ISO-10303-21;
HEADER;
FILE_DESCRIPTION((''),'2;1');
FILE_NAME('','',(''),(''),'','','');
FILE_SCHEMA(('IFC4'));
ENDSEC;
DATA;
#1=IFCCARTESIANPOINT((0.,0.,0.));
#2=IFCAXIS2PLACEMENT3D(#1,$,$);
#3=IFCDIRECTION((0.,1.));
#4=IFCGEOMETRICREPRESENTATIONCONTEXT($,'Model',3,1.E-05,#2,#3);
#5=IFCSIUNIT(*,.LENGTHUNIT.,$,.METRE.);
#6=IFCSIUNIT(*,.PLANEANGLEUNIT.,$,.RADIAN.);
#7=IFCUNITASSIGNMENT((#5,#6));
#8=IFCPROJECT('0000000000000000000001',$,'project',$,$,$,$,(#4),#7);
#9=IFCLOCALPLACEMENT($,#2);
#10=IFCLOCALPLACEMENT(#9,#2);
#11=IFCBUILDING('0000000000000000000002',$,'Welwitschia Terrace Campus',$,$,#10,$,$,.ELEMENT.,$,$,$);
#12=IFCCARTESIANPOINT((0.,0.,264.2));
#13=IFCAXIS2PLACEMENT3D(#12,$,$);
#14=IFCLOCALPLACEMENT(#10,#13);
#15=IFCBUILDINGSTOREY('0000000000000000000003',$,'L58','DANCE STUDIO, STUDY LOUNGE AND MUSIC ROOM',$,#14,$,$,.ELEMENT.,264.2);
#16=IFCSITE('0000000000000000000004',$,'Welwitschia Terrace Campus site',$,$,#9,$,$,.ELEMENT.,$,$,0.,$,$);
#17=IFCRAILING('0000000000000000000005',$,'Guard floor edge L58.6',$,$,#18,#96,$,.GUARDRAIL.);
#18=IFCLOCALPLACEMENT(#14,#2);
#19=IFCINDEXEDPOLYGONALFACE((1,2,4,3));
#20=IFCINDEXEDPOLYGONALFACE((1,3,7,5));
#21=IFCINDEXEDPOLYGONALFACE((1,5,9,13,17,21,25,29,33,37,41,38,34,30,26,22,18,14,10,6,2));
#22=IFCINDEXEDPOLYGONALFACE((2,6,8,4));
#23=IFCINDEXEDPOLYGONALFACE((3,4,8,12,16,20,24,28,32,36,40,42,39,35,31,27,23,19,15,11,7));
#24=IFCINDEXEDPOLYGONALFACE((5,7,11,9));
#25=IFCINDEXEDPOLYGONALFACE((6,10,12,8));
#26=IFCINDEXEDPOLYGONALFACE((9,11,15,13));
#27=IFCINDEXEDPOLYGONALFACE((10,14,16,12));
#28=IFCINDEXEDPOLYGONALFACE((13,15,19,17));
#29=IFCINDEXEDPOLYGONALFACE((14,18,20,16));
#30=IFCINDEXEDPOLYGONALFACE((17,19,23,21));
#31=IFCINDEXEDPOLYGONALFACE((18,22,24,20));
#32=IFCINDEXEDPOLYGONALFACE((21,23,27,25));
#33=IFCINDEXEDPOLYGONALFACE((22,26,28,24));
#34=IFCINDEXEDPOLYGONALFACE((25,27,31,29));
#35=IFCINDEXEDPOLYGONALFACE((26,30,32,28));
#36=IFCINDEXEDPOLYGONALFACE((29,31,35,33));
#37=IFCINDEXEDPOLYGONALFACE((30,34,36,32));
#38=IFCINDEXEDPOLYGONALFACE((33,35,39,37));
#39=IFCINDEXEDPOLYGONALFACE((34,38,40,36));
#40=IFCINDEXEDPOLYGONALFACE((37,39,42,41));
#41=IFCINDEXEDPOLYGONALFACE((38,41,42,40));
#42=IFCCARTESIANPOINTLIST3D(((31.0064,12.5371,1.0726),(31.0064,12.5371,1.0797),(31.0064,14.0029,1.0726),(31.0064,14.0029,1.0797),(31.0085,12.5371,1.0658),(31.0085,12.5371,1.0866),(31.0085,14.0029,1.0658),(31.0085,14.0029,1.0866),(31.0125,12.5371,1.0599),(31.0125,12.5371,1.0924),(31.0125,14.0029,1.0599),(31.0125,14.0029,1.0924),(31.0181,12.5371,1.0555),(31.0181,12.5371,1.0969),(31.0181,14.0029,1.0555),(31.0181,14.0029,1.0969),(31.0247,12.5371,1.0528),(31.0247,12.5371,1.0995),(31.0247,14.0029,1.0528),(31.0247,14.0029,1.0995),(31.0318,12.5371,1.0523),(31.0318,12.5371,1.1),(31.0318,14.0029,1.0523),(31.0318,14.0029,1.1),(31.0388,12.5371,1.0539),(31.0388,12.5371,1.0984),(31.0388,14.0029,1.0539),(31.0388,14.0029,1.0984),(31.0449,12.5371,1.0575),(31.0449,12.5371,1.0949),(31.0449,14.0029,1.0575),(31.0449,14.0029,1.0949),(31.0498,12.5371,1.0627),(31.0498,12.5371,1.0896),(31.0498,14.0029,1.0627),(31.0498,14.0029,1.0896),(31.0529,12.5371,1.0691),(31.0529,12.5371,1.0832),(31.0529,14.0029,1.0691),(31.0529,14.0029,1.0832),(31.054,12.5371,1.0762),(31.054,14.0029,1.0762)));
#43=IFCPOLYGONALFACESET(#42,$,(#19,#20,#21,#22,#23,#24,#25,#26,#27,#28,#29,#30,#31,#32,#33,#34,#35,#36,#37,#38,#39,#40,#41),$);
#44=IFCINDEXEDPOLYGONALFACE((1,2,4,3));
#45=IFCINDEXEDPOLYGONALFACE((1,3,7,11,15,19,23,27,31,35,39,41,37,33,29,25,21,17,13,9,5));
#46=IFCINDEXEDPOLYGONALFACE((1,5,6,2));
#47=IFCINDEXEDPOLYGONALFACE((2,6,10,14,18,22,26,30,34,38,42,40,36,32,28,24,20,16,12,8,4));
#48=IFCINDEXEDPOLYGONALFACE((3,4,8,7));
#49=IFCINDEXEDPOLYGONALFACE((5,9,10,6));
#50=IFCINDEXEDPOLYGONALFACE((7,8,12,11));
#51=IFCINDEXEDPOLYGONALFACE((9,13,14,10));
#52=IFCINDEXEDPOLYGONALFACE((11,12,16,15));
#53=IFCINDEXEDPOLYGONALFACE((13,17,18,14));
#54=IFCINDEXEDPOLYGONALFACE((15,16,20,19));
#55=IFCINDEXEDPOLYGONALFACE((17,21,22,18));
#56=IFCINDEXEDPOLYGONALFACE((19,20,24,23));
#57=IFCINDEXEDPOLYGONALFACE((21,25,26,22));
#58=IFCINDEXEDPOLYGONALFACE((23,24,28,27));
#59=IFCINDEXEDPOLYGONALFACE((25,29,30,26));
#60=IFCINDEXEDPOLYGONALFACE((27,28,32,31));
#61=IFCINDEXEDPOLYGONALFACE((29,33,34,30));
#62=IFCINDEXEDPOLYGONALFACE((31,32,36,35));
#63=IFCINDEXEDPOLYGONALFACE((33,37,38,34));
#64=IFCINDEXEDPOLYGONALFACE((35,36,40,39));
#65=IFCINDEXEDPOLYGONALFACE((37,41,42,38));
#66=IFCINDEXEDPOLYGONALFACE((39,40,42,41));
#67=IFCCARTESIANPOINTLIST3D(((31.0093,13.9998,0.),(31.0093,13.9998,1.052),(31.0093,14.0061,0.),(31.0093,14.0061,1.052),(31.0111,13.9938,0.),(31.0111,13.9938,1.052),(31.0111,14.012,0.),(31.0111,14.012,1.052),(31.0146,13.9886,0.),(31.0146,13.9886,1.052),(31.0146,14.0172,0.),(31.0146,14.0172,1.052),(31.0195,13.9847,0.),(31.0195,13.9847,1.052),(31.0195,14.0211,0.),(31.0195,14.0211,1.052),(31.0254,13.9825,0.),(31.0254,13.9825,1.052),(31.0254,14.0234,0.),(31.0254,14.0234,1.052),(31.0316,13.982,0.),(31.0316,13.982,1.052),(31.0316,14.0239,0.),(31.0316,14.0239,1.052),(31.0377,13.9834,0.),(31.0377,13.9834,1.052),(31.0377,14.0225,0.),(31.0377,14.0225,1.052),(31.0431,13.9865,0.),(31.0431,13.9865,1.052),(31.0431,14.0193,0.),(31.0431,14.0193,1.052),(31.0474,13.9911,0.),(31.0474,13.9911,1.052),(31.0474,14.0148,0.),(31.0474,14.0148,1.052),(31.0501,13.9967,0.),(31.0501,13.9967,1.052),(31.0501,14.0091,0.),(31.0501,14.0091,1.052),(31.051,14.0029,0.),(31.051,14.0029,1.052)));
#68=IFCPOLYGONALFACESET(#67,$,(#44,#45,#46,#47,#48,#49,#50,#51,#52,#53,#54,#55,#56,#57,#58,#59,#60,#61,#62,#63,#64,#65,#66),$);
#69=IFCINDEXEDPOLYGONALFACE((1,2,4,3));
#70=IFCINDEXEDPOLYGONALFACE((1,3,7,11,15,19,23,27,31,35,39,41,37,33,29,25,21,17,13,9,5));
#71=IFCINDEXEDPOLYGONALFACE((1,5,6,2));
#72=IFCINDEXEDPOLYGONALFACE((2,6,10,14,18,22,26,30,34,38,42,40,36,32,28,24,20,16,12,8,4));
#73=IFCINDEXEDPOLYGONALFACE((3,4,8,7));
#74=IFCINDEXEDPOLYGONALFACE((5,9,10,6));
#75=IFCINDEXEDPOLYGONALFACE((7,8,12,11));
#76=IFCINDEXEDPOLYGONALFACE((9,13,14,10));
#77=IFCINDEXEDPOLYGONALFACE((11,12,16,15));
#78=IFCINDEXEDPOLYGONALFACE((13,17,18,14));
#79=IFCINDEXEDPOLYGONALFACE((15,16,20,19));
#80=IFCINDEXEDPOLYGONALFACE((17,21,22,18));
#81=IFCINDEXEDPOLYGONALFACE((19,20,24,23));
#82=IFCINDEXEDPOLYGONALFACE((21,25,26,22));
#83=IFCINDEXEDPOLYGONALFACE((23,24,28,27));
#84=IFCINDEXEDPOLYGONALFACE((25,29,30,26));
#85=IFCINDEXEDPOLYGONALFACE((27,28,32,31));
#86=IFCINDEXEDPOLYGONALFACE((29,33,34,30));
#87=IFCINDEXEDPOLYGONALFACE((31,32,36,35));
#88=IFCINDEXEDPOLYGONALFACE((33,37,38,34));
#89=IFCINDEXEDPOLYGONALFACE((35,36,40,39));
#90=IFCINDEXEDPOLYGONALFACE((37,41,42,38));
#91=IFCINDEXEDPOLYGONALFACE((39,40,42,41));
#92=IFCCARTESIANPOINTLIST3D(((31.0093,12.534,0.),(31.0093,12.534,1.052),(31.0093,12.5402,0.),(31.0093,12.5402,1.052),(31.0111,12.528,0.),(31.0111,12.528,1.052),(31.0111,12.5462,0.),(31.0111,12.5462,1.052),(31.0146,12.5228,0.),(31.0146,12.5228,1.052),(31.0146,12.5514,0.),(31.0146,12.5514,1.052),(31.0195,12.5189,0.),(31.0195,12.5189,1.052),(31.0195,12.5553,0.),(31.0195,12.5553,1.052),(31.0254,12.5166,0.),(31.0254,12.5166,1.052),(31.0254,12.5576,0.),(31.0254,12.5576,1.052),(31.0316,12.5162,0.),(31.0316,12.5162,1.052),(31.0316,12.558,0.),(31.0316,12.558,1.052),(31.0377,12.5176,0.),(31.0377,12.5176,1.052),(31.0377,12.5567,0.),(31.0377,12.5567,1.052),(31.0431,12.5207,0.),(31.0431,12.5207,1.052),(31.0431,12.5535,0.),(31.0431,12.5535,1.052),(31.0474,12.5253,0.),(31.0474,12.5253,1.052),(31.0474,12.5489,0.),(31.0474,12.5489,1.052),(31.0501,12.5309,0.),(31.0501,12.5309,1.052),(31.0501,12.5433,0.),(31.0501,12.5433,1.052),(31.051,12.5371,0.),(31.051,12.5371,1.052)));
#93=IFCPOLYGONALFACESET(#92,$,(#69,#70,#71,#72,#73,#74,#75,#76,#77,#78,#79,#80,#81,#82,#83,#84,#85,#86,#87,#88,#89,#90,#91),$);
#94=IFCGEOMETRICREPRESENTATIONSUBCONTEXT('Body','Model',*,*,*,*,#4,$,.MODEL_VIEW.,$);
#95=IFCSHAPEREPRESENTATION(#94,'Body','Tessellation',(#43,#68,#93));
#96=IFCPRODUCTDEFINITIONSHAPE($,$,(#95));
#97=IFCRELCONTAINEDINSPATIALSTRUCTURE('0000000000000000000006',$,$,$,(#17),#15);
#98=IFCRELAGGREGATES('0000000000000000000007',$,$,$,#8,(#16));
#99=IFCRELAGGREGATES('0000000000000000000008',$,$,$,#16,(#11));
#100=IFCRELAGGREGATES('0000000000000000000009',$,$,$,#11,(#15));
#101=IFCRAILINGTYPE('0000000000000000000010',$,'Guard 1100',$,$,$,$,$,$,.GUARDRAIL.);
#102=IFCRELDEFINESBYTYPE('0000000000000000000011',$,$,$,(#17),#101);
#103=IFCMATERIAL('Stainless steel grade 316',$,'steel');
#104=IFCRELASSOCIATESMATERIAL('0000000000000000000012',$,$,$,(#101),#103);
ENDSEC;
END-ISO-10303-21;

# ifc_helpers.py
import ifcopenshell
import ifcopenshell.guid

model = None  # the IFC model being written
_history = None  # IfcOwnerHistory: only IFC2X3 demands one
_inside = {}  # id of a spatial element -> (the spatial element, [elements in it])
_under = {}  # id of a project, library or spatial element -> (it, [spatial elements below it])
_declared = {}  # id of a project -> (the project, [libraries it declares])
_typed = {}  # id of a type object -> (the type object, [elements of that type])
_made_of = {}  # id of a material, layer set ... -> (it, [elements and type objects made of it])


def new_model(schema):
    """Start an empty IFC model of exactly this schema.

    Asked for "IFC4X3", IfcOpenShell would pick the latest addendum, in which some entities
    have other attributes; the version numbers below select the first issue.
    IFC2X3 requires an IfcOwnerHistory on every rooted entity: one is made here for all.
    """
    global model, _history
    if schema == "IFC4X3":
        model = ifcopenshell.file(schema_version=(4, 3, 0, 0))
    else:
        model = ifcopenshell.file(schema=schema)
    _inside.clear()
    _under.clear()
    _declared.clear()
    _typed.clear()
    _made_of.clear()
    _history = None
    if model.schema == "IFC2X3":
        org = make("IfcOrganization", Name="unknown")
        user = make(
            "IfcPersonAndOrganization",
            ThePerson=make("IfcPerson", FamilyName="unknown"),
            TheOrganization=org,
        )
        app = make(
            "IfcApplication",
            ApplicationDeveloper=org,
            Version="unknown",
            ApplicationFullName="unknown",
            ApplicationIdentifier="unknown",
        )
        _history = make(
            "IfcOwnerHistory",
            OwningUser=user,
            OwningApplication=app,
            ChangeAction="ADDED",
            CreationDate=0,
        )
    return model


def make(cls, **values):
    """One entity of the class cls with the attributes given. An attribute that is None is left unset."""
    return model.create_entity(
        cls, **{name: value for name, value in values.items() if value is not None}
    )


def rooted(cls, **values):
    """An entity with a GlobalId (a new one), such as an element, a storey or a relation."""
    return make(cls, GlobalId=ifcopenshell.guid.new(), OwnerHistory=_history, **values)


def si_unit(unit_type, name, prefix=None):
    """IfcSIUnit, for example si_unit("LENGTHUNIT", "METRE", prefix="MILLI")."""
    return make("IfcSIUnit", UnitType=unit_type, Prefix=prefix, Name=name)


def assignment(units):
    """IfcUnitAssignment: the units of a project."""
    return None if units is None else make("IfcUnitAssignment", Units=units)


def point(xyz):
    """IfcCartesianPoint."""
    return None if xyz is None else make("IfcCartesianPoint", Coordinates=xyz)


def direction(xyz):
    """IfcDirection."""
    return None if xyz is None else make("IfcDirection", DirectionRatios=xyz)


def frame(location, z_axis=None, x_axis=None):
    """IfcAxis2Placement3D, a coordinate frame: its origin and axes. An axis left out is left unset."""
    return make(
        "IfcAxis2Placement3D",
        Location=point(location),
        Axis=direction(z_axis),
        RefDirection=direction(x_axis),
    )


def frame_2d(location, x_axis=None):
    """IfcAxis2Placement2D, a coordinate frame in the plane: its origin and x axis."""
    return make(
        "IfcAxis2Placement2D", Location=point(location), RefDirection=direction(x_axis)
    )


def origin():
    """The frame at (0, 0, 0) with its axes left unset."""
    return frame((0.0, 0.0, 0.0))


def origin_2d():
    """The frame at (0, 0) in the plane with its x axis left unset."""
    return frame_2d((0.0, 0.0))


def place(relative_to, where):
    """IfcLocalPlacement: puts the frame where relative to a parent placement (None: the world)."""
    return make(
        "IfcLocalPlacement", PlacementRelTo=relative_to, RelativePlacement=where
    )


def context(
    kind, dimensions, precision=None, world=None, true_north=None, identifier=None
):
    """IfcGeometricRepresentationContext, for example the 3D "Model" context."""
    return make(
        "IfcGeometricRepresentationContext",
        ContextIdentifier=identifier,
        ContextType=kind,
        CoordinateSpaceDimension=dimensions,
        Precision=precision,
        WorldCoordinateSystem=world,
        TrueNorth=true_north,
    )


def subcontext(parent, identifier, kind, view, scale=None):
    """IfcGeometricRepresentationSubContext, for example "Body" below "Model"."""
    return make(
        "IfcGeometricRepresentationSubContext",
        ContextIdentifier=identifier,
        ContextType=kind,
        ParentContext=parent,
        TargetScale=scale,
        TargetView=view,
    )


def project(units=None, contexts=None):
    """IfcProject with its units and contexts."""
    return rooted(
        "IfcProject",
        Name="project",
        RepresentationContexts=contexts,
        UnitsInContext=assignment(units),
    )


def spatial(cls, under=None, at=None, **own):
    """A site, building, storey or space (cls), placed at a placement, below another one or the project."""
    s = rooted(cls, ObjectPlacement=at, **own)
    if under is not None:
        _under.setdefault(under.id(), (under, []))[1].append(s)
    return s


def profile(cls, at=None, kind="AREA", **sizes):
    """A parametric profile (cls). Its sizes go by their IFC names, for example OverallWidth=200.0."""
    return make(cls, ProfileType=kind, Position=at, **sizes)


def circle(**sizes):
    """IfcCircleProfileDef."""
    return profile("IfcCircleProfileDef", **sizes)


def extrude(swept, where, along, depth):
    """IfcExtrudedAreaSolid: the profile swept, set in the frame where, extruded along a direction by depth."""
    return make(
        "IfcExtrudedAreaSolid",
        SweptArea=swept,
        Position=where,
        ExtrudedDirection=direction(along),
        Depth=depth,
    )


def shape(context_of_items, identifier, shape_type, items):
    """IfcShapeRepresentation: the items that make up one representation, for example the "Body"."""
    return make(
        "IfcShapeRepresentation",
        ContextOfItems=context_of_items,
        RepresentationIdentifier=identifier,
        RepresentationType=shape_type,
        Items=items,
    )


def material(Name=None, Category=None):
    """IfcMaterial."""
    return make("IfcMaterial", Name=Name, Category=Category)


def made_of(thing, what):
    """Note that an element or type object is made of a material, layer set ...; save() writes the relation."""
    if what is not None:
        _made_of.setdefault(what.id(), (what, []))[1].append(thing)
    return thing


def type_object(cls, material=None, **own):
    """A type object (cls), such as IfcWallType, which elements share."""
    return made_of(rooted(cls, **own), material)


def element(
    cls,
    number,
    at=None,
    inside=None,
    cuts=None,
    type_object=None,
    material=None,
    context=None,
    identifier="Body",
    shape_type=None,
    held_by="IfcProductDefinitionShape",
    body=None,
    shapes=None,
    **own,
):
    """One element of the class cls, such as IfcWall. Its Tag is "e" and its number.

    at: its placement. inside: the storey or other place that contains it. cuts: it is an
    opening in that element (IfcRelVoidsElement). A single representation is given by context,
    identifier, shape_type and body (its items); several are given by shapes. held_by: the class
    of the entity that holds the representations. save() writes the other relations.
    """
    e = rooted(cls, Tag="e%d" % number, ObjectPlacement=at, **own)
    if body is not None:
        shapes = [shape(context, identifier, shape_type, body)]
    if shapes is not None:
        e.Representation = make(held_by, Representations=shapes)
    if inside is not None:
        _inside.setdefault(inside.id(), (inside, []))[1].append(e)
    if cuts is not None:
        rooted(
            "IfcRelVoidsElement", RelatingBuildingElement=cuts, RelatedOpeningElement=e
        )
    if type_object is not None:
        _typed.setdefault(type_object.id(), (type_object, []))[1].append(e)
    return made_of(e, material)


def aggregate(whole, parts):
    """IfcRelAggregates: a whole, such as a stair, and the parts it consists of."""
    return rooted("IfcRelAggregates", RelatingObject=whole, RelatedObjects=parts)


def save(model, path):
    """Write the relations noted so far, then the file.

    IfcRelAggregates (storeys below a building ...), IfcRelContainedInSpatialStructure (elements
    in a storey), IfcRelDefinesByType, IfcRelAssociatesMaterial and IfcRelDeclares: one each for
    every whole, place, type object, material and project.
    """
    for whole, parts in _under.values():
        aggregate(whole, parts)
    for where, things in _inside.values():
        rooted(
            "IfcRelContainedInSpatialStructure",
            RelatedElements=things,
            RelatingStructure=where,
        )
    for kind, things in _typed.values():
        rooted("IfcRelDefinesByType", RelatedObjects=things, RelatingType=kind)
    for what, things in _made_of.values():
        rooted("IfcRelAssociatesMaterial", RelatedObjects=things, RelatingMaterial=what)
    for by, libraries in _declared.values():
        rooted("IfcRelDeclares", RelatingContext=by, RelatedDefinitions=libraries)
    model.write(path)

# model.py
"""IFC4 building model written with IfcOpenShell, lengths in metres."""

from ifc_helpers import new_model, si_unit, direction, frame, origin, origin_2d, place, context, subcontext, project, spatial, circle, extrude, material, type_object, element, save


model = new_model("IFC4")

# Units and contexts
model_context = context("Model", 3, precision=1e-05, world=origin(), true_north=direction((0.0, 1.0)))
body_context = subcontext(model_context, "Body", "Model", "MODEL_VIEW")
ifc_project = project(units=[si_unit("LENGTHUNIT", "METRE"), si_unit("PLANEANGLEUNIT", "RADIAN")], contexts=[model_context])

# Site, building, storey
site_placement = place(None, origin())
site = spatial("IfcSite", under=ifc_project, at=site_placement, Name="Welwitschia Terrace Campus site", CompositionType="ELEMENT", RefElevation=0.0)
building_placement = place(site_placement, origin())
building = spatial("IfcBuilding", under=site, at=building_placement, Name="Welwitschia Terrace Campus", CompositionType="ELEMENT")
storey_placement = place(building_placement, frame((0.0, 0.0, 264.2)))
storey = spatial("IfcBuildingStorey", under=building, at=storey_placement, Name="L58", Description="DANCE STUDIO, STUDY LOUNGE AND MUSIC ROOM", CompositionType="ELEMENT", Elevation=264.2)

# Railing
ifc_material_1 = material(Name="Stainless steel grade 316", Category="steel")
railing_type = type_object("IfcRailingType", Name="Guard 1100", PredefinedType="GUARDRAIL", material=ifc_material_1)
railing_1_placement = place(storey_placement, frame((31.03, 14.0029, 0.0)))
element("IfcRailing", 1, at=railing_1_placement, inside=storey, type_object=railing_type, Name="Guard floor edge L58.6", PredefinedType="GUARDRAIL", context=body_context, shape_type="SweptSolid", body=[
    extrude(circle(Radius=0.0239, at=origin_2d()), frame((0.0, 0.0, 1.0762), z_axis=(0.0, -1.0, 0.0), x_axis=(1.0, 0.0, 0.0)), (0.0, 0.0, 1.0), 1.4658),
    extrude(circle(Radius=0.021, at=origin_2d()), origin(), (0.0, 0.0, 1.0), 1.052),
    extrude(circle(Radius=0.021, at=origin_2d()), frame((0.0, -1.4658, 0.0)), (0.0, 0.0, 1.0), 1.052),
])

save(model, "model.ifc")
